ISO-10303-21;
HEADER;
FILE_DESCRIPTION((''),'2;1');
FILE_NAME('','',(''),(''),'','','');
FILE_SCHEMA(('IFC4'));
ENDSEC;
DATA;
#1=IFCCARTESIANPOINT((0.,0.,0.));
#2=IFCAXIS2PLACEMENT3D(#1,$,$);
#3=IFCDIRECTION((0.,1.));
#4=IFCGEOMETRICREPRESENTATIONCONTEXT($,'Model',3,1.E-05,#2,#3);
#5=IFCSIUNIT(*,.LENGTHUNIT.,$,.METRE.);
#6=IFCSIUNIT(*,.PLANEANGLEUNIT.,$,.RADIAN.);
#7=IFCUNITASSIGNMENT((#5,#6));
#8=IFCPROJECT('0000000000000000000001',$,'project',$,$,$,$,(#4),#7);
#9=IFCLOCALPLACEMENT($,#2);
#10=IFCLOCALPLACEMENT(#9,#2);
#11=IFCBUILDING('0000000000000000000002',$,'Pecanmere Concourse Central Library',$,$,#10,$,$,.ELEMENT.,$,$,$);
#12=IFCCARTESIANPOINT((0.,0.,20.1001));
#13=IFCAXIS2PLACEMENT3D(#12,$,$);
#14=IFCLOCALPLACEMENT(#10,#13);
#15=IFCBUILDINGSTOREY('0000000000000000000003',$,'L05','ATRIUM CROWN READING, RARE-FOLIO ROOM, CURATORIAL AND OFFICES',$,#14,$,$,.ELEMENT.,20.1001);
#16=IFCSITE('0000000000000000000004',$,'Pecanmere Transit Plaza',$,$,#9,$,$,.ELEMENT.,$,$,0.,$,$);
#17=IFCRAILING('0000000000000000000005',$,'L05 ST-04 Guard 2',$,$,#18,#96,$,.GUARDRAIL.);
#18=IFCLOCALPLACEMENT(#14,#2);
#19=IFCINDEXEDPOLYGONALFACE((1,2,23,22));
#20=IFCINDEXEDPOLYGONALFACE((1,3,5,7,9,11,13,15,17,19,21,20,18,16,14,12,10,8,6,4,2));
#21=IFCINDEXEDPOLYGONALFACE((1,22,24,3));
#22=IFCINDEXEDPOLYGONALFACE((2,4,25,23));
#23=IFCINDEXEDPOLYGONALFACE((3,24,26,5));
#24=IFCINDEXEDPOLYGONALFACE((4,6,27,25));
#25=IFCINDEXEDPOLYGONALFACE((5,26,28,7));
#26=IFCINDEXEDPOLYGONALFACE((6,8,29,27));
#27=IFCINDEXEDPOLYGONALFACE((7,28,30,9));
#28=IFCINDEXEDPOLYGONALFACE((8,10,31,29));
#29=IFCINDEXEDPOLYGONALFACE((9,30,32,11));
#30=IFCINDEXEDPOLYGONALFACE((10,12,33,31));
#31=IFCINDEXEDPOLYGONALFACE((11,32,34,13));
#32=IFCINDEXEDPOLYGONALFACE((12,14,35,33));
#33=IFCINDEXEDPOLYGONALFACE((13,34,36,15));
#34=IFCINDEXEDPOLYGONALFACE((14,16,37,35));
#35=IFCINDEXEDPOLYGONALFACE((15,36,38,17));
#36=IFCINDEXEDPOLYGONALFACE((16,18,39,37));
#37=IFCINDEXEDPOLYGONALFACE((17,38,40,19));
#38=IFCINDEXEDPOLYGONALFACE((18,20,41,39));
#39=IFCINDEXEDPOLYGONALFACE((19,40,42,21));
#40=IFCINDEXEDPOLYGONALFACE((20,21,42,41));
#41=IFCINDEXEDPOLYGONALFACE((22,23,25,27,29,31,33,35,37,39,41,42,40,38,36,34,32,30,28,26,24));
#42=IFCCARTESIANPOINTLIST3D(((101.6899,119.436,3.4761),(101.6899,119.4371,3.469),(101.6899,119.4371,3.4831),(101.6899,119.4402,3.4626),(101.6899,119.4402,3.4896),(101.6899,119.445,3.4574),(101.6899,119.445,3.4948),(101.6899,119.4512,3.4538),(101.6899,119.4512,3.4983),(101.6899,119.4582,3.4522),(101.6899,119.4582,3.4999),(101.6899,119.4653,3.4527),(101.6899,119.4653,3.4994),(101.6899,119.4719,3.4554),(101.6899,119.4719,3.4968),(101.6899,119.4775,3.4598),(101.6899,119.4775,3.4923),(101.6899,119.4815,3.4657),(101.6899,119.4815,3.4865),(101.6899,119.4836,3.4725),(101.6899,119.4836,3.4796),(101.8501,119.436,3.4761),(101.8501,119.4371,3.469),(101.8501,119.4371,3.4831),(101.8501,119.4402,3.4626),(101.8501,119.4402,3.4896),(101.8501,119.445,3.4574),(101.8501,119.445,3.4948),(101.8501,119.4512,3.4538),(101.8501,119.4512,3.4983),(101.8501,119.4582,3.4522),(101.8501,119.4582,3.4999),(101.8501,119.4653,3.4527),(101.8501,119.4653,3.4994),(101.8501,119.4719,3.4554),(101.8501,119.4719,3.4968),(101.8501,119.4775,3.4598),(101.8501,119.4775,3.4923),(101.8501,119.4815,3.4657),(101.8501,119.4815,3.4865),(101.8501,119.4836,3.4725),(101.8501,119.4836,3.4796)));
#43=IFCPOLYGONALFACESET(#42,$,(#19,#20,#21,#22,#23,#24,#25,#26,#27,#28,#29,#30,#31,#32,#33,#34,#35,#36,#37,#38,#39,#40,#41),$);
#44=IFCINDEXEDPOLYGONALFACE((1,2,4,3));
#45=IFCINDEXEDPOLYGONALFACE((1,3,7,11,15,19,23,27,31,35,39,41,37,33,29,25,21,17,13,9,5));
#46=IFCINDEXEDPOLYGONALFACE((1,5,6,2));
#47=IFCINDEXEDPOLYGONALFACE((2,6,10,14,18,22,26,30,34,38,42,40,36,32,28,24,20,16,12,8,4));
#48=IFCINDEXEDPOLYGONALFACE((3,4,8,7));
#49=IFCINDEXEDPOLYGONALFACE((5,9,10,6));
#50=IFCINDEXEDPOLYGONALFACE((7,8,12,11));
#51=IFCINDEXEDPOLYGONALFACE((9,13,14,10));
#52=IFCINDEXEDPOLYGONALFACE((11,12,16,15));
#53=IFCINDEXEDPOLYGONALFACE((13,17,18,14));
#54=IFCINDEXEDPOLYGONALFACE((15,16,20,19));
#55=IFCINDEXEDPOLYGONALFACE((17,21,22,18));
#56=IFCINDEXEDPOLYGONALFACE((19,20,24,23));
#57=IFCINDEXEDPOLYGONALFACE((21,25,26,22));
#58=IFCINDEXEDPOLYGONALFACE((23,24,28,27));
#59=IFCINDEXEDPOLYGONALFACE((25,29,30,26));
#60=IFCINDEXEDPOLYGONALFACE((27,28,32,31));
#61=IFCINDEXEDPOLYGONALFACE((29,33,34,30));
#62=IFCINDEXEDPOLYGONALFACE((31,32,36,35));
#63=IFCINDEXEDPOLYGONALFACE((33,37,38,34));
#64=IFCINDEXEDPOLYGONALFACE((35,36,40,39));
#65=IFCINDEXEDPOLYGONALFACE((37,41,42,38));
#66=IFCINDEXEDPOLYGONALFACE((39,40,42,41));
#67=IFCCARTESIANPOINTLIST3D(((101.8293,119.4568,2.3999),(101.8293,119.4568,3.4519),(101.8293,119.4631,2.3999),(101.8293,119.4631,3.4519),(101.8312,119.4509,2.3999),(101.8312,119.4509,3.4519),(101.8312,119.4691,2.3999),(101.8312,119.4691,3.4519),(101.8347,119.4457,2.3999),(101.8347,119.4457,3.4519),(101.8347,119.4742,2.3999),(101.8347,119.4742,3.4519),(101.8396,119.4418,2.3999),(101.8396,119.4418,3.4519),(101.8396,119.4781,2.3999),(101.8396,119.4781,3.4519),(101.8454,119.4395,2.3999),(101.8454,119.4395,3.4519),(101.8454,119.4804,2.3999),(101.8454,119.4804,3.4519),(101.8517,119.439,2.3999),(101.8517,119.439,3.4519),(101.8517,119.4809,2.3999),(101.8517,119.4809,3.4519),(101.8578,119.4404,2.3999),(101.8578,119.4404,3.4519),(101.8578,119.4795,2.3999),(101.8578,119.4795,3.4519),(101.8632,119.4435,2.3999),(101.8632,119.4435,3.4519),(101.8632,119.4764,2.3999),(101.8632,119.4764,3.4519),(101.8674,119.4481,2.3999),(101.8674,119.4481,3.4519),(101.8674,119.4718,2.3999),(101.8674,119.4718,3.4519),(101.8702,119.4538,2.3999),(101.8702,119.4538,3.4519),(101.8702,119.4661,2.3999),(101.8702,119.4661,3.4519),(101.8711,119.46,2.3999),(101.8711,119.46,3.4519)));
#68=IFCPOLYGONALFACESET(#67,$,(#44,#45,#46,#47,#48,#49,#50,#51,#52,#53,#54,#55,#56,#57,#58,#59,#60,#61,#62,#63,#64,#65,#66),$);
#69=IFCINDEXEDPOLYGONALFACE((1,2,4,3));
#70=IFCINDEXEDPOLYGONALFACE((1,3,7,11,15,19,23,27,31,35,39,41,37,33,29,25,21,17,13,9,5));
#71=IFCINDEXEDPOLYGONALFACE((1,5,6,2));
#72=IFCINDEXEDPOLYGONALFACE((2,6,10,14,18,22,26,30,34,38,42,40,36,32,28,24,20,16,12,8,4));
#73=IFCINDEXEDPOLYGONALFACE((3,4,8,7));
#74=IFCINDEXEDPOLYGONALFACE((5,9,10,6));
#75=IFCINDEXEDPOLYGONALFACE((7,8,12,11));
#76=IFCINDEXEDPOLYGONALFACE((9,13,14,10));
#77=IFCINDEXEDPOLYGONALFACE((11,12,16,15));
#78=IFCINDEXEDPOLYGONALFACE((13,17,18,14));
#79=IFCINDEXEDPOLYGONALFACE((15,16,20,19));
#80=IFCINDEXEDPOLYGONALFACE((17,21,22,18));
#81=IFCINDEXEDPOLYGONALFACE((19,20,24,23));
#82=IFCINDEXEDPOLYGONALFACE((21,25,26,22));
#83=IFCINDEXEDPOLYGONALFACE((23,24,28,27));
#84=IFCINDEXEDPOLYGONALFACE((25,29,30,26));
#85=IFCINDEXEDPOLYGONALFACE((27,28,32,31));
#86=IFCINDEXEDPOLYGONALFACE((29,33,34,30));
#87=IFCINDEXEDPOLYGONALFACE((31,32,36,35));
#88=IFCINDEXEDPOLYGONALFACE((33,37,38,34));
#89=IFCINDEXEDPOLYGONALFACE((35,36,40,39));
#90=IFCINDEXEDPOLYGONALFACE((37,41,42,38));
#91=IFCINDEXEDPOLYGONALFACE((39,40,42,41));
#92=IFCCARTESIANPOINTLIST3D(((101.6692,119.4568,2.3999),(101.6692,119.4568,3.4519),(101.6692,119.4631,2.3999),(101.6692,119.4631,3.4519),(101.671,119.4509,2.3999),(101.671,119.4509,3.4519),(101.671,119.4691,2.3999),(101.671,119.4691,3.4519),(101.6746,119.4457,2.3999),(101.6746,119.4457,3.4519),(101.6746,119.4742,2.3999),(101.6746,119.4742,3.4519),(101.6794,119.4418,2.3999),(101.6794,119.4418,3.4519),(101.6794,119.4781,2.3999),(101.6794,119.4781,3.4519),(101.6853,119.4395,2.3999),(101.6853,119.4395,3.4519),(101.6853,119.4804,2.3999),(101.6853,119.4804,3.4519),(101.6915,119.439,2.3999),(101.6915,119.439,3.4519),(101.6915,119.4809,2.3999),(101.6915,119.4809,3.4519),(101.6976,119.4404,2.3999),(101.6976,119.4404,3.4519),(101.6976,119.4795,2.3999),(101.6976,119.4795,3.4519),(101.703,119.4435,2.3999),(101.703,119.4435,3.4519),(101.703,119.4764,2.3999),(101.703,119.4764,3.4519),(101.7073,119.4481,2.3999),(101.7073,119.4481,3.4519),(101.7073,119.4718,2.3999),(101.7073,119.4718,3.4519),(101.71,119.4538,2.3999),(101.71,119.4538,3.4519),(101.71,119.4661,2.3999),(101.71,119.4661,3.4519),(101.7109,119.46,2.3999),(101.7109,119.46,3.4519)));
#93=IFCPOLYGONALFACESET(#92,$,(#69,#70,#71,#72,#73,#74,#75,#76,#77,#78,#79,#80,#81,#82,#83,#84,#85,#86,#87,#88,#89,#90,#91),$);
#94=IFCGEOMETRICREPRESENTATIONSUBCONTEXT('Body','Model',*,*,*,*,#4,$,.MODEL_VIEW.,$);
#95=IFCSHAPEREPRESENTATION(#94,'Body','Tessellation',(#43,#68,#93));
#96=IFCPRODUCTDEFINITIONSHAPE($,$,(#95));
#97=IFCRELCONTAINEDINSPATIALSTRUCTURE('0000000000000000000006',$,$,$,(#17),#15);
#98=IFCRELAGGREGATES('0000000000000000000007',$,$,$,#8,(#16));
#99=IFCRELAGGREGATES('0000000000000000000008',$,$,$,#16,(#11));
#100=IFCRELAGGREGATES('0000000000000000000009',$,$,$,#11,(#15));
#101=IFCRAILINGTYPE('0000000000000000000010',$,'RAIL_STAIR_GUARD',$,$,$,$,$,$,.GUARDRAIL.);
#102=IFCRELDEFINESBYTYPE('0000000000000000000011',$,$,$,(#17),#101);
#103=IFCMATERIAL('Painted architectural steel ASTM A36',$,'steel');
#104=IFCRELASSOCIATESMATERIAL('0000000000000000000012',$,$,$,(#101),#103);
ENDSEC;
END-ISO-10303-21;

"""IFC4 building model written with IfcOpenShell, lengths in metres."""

from ifc_helpers import new_model, si_unit, direction, frame, origin, origin_2d, place, context, subcontext, project, spatial, circle, extrude, material, type_object, element, save


model = new_model("IFC4")

# Units and contexts
model_context = context("Model", 3, precision=1e-05, world=origin(), true_north=direction((0.0, 1.0)))
body_context = subcontext(model_context, "Body", "Model", "MODEL_VIEW")
ifc_project = project(units=[si_unit("LENGTHUNIT", "METRE"), si_unit("PLANEANGLEUNIT", "RADIAN")], contexts=[model_context])

# Site, building, storey
site_placement = place(None, origin())
site = spatial("IfcSite", under=ifc_project, at=site_placement, Name="Pecanmere Transit Plaza", CompositionType="ELEMENT", RefElevation=0.0)
building_placement = place(site_placement, origin())
building = spatial("IfcBuilding", under=site, at=building_placement, Name="Pecanmere Concourse Central Library", CompositionType="ELEMENT")
storey_placement = place(building_placement, frame((0.0, 0.0, 20.1001)))
storey = spatial("IfcBuildingStorey", under=building, at=storey_placement, Name="L05", Description="ATRIUM CROWN READING, RARE-FOLIO ROOM, CURATORIAL AND OFFICES", CompositionType="ELEMENT", Elevation=20.1001)

# Railing
ifc_material_1 = material(Name="Painted architectural steel ASTM A36", Category="steel")
railing_type_1 = type_object("IfcRailingType", Name="RAIL_STAIR_GUARD", PredefinedType="GUARDRAIL", material=ifc_material_1)
railing_1_placement = place(storey_placement, frame((101.8501, 119.46, 2.3999)))
element("IfcRailing", 1, at=railing_1_placement, inside=storey, type_object=railing_type_1, Name="L05 ST-04 Guard 2", PredefinedType="GUARDRAIL", context=body_context, shape_type="SweptSolid", body=[
    extrude(circle(Radius=0.0239, at=origin_2d()), frame((0.0, 0.0, 1.0762), z_axis=(-1.0, 0.0, 0.0), x_axis=(0.0, -1.0, 0.0)), (0.0, 0.0, 1.0), 0.1602),
    extrude(circle(Radius=0.021, at=origin_2d()), origin(), (0.0, 0.0, 1.0), 1.052),
    extrude(circle(Radius=0.021, at=origin_2d()), frame((-0.1602, 0.0, 0.0)), (0.0, 0.0, 1.0), 1.052),
])

save(model, "model.ifc")
